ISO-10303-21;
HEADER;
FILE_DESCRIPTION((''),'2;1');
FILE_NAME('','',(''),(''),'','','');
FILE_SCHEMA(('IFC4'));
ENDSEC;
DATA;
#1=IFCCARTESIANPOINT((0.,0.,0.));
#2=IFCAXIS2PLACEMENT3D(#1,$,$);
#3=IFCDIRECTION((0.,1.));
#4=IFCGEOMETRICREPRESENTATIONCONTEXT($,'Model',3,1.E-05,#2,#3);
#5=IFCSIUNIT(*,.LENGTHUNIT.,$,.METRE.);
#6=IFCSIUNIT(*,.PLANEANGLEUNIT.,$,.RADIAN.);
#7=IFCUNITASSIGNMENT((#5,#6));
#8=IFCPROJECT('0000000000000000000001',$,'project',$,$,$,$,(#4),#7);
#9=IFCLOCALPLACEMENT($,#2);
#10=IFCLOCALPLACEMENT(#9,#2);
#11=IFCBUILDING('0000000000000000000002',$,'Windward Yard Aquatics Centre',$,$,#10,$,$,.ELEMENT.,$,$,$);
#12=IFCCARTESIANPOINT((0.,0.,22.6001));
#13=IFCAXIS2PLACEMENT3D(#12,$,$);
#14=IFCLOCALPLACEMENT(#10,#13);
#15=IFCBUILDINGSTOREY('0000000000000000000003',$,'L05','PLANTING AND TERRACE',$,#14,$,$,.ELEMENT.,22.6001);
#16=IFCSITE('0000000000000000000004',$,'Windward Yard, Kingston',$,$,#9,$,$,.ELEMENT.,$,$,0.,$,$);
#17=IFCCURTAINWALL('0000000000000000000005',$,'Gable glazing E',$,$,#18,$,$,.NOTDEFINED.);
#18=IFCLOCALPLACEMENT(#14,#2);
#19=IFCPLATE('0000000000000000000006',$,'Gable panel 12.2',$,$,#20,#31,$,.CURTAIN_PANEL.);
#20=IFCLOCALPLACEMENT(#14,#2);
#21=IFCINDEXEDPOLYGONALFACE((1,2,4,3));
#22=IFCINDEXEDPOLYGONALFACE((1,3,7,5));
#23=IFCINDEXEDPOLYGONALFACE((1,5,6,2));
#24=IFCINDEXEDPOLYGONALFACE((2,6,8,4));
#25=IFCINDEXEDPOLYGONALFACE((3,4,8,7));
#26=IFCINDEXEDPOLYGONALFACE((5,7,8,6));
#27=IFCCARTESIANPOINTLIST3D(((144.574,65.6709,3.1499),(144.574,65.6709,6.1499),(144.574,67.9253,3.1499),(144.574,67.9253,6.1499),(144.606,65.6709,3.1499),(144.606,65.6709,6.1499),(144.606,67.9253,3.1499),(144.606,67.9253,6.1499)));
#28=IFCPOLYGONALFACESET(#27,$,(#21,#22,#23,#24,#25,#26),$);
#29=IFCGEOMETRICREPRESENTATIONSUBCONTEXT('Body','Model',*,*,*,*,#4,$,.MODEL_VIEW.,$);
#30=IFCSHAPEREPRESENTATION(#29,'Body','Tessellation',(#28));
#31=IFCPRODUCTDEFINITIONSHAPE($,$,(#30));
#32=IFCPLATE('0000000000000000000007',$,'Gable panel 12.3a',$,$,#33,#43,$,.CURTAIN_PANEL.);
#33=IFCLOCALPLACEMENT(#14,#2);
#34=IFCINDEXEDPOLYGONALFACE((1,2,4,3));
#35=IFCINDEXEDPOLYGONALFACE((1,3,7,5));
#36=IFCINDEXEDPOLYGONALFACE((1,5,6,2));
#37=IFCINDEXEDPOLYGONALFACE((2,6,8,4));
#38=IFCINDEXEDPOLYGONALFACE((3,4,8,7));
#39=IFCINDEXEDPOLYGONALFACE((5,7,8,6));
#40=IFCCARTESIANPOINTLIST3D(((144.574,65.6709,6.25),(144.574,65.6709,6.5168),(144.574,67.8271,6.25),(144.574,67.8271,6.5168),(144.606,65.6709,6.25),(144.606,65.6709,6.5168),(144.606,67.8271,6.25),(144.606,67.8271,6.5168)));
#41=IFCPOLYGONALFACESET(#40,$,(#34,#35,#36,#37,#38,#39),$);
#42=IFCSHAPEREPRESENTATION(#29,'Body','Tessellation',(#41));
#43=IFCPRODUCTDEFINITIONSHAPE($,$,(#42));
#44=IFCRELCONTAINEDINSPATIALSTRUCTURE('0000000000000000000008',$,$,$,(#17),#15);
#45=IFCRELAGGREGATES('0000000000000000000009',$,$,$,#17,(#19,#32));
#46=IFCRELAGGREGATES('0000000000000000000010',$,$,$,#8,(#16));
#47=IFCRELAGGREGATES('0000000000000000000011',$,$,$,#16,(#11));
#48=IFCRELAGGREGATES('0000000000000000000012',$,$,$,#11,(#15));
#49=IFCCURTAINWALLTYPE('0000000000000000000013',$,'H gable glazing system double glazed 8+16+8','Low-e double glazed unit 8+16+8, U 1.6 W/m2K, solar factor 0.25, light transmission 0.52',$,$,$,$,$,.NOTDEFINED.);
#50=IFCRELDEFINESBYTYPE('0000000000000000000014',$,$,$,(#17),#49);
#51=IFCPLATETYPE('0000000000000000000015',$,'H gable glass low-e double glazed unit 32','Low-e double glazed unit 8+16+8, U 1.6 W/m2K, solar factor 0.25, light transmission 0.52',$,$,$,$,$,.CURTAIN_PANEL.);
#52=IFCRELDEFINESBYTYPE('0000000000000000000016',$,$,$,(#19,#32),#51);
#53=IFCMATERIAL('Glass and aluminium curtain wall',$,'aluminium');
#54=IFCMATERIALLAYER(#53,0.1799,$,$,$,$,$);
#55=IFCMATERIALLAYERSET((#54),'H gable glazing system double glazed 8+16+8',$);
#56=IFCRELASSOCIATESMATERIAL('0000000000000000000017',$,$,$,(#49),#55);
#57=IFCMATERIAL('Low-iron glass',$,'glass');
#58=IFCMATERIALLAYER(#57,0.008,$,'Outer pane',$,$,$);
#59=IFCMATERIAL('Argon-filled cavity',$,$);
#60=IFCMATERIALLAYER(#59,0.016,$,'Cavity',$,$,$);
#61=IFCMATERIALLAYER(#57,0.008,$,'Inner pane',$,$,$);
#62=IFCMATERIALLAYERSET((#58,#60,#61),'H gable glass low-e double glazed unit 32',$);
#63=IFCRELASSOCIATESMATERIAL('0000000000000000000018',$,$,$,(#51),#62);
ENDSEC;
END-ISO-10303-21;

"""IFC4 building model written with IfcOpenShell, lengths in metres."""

from ifc_helpers import new_model, si_unit, direction, frame, origin, place, context, subcontext, project, spatial, polyline, outline, extrude, material, layer, layer_set, type_object, element, aggregate, save


model = new_model("IFC4")

# Units and contexts
model_context = context("Model", 3, precision=1e-05, world=origin(), true_north=direction((0.0, 1.0)))
body_context = subcontext(model_context, "Body", "Model", "MODEL_VIEW")
ifc_project = project(units=[si_unit("LENGTHUNIT", "METRE"), si_unit("PLANEANGLEUNIT", "RADIAN")], contexts=[model_context])

# Site, building, storey
site_placement = place(None, origin())
site = spatial("IfcSite", under=ifc_project, at=site_placement, Name="Windward Yard, Kingston", CompositionType="ELEMENT", RefElevation=0.0)
building_placement = place(site_placement, origin())
building = spatial("IfcBuilding", under=site, at=building_placement, Name="Windward Yard Aquatics Centre", CompositionType="ELEMENT")
storey_placement = place(building_placement, frame((0.0, 0.0, 22.6001)))
storey = spatial("IfcBuildingStorey", under=building, at=storey_placement, Name="L05", Description="PLANTING AND TERRACE", CompositionType="ELEMENT", Elevation=22.6001)

# Curtain wall, plates
ifc_material_1 = material(Name="Glass and aluminium curtain wall", Category="aluminium")
ifc_layer_1 = layer(ifc_material_1, 0.1799)
ifc_layer_set_1 = layer_set([ifc_layer_1], Name="H gable glazing system double glazed 8+16+8")
curtain_wall_type = type_object("IfcCurtainWallType", Name="H gable glazing system double glazed 8+16+8", Description="Low-e double glazed unit 8+16+8, U 1.6 W/m2K, solar factor 0.25, light transmission 0.52", PredefinedType="NOTDEFINED", material=ifc_layer_set_1)
curtain_wall_placement = place(storey_placement, origin())
curtain_wall = element("IfcCurtainWall", 1, at=curtain_wall_placement, inside=storey, type_object=curtain_wall_type, Name="Gable glazing E", PredefinedType="NOTDEFINED")
ifc_material_2 = material(Name="Low-iron glass", Category="glass")
ifc_layer_2 = layer(ifc_material_2, 0.008, Name="Outer pane")
ifc_material_3 = material(Name="Argon-filled cavity")
ifc_layer_3 = layer(ifc_material_3, 0.016, Name="Cavity")
ifc_layer_4 = layer(ifc_material_2, 0.008, Name="Inner pane")
ifc_layer_set_2 = layer_set([ifc_layer_2, ifc_layer_3, ifc_layer_4], Name="H gable glass low-e double glazed unit 32")
plate_type = type_object("IfcPlateType", Name="H gable glass low-e double glazed unit 32", Description="Low-e double glazed unit 8+16+8, U 1.6 W/m2K, solar factor 0.25, light transmission 0.52", PredefinedType="CURTAIN_PANEL", material=ifc_layer_set_2)
plate_1_placement = place(storey_placement, frame((144.574, 65.6709, 3.1499), z_axis=(-1.0, 0.0, 0.0), x_axis=(0.0, 0.0, 1.0)))
plate_1 = element("IfcPlate", 2, at=plate_1_placement, type_object=plate_type, Name="Gable panel 12.2", PredefinedType="CURTAIN_PANEL", context=body_context, shape_type="SweptSolid", body=[
    extrude(outline(polyline([(0.0, 0.0), (3.0, 0.0), (3.0, 2.2544), (0.0, 2.2544), (0.0, 0.0)])), origin(), (0.0, 0.0, -1.0), 0.032),
])
plate_2_placement = place(storey_placement, frame((144.606, 65.6709, 6.25), z_axis=(1.0, 0.0, 0.0), x_axis=(0.0, 1.0, 0.0)))
plate_2 = element("IfcPlate", 3, at=plate_2_placement, type_object=plate_type, Name="Gable panel 12.3a", PredefinedType="CURTAIN_PANEL", context=body_context, shape_type="SweptSolid", body=[
    extrude(outline(polyline([(0.0, 0.0), (2.1562, 0.0), (2.1562, 0.2668), (0.0, 0.2668), (0.0, 0.0)])), origin(), (0.0, 0.0, -1.0), 0.032),
])
aggregate(curtain_wall, [plate_1, plate_2])

save(model, "model.ifc")
